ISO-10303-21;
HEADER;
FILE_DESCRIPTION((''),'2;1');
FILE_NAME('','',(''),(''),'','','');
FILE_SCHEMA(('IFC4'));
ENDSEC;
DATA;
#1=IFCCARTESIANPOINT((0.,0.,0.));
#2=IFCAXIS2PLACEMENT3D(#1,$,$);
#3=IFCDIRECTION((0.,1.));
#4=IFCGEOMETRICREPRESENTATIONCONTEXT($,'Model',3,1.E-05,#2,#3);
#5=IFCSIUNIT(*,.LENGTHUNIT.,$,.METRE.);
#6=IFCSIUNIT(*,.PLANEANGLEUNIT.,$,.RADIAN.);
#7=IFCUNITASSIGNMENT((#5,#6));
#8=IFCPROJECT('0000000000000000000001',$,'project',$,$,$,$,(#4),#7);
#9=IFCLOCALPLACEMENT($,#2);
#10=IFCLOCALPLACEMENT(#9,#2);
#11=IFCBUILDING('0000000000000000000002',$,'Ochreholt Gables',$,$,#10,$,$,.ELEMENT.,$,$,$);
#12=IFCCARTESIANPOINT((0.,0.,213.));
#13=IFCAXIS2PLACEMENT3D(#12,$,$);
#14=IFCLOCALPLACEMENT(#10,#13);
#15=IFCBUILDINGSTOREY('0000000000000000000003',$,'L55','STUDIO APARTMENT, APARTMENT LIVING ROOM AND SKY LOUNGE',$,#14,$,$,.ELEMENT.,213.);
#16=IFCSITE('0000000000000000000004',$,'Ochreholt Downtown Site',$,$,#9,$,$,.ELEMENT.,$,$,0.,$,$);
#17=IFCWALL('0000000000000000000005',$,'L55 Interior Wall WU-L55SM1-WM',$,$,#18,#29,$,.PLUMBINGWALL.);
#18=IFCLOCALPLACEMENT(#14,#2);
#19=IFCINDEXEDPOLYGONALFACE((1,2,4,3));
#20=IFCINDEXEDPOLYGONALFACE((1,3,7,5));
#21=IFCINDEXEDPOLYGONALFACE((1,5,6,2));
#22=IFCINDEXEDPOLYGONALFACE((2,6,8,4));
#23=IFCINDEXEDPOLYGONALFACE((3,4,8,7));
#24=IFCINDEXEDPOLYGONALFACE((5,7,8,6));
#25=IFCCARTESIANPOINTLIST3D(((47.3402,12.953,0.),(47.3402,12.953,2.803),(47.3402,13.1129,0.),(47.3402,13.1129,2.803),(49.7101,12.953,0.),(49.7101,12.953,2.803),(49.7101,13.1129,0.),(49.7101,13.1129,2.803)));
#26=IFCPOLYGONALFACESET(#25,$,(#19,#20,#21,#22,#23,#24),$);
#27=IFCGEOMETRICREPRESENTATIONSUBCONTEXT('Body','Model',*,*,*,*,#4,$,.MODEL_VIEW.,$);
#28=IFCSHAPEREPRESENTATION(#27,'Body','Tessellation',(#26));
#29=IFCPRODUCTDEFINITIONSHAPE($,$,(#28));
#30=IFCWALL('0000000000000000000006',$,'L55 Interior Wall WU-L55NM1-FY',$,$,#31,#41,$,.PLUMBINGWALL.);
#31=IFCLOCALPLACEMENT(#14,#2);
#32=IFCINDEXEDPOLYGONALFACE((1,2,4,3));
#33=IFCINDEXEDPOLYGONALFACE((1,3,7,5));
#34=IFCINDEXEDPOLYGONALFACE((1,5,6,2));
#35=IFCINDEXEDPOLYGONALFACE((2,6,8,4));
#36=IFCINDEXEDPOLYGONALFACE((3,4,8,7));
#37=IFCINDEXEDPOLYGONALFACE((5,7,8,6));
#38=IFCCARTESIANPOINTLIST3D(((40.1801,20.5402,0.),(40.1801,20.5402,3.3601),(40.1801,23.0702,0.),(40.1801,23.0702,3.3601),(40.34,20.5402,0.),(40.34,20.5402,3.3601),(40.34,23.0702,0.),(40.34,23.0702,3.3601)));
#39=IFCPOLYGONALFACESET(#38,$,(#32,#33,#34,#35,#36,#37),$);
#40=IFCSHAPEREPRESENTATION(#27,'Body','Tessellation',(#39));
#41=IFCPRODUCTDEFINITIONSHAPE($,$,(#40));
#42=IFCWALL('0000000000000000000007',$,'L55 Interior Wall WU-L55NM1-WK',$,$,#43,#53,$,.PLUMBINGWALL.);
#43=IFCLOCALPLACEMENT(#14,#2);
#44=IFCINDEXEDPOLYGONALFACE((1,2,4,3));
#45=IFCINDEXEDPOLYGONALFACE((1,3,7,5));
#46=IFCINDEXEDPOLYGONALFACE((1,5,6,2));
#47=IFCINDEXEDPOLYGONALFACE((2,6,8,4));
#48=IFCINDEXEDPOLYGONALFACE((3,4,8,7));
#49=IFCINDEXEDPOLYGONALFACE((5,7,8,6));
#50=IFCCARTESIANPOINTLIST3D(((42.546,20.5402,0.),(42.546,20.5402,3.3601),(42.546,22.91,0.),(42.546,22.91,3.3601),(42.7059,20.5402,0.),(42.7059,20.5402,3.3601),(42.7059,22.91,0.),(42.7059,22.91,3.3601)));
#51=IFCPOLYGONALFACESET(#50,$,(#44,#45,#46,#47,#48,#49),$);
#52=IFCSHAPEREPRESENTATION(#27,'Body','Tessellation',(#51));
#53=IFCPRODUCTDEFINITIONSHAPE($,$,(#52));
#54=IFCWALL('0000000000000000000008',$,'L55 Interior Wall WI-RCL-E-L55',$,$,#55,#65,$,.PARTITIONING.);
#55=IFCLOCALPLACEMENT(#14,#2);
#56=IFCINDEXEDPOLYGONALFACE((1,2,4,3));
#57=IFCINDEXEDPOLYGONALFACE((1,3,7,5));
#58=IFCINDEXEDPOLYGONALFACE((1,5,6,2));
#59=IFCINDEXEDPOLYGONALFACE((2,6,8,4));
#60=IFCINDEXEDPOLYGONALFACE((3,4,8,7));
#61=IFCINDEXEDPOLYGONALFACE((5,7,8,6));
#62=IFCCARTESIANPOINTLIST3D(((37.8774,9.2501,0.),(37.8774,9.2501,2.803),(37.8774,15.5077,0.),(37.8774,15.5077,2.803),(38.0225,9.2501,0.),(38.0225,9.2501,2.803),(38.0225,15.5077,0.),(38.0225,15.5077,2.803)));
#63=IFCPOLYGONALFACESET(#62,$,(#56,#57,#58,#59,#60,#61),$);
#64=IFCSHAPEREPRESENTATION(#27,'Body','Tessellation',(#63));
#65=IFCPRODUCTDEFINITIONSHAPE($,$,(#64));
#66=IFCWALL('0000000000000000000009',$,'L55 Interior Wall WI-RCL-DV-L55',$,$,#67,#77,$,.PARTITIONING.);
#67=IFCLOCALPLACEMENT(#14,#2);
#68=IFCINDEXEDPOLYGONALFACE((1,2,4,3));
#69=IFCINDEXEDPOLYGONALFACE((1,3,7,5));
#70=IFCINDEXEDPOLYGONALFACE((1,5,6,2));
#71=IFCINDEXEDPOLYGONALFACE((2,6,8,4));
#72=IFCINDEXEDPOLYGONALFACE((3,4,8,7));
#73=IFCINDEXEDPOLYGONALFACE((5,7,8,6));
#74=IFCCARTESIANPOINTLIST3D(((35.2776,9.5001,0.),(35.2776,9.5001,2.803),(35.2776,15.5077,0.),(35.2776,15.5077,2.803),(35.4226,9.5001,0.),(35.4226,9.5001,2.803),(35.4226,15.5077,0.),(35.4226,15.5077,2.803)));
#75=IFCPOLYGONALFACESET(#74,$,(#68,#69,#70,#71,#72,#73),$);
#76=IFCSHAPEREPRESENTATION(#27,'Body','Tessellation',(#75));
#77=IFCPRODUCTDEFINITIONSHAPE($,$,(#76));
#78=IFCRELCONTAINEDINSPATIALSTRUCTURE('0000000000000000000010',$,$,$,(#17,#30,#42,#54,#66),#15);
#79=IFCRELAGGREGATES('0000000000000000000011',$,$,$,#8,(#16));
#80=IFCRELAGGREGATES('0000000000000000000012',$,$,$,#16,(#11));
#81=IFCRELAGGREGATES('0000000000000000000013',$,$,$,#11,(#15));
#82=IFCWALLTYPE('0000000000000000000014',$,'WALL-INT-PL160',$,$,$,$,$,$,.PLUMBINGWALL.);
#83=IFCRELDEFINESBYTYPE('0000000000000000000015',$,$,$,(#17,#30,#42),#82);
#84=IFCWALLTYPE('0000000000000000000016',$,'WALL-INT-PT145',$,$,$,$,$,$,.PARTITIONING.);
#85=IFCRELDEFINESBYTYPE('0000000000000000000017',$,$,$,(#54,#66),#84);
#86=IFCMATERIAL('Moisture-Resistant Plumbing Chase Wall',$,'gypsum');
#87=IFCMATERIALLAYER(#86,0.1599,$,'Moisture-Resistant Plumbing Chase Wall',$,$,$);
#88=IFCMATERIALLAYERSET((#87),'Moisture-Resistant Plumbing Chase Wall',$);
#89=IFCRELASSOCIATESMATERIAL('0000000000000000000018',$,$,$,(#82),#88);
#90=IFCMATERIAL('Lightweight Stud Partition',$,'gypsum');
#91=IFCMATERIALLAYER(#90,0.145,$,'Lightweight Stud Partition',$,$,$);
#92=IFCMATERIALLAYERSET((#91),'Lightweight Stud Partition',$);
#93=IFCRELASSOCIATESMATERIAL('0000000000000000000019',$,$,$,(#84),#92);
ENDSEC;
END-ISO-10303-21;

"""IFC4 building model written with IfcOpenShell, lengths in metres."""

from ifc_helpers import new_model, si_unit, direction, frame, frame_2d, origin, place, context, subcontext, project, spatial, rectangle, extrude, material, layer, layer_set, type_object, element, save


model = new_model("IFC4")

# Units and contexts
model_context = context("Model", 3, precision=1e-05, world=origin(), true_north=direction((0.0, 1.0)))
body_context = subcontext(model_context, "Body", "Model", "MODEL_VIEW")
ifc_project = project(units=[si_unit("LENGTHUNIT", "METRE"), si_unit("PLANEANGLEUNIT", "RADIAN")], contexts=[model_context])

# Site, building, storey
site_placement = place(None, origin())
site = spatial("IfcSite", under=ifc_project, at=site_placement, Name="Ochreholt Downtown Site", CompositionType="ELEMENT", RefElevation=0.0)
building_placement = place(site_placement, origin())
building = spatial("IfcBuilding", under=site, at=building_placement, Name="Ochreholt Gables", CompositionType="ELEMENT")
storey_placement = place(building_placement, frame((0.0, 0.0, 213.0)))
storey = spatial("IfcBuildingStorey", under=building, at=storey_placement, Name="L55", Description="STUDIO APARTMENT, APARTMENT LIVING ROOM AND SKY LOUNGE", CompositionType="ELEMENT", Elevation=213.0)

# Shared definitions
ifc_material_1 = material(Name="Moisture-Resistant Plumbing Chase Wall", Category="gypsum")
ifc_layer_1 = layer(ifc_material_1, 0.1599, Name="Moisture-Resistant Plumbing Chase Wall")
ifc_layer_set_1 = layer_set([ifc_layer_1], Name="Moisture-Resistant Plumbing Chase Wall")
wall_type_1 = type_object("IfcWallType", Name="WALL-INT-PL160", PredefinedType="PLUMBINGWALL", material=ifc_layer_set_1)

# Walls
wall_1_placement = place(storey_placement, frame((47.3401, 13.033, 0.0), z_axis=(0.0, 0.0, 1.0), x_axis=(1.0, 0.0, 0.0)))
element("IfcWall", 1, at=wall_1_placement, inside=storey, type_object=wall_type_1, Name="L55 Interior Wall WU-L55SM1-WM", PredefinedType="PLUMBINGWALL", context=body_context, shape_type="SweptSolid", body=[
    extrude(rectangle(XDim=2.3699, YDim=0.1599, at=frame_2d((1.1851, 0.0))), origin(), (0.0, 0.0, 1.0), 2.803),
])
wall_2_placement = place(storey_placement, frame((40.26, 20.54, 0.0), z_axis=(0.0, 0.0, 1.0), x_axis=(0.0, 1.0, 0.0)))
element("IfcWall", 2, at=wall_2_placement, inside=storey, type_object=wall_type_1, Name="L55 Interior Wall WU-L55NM1-FY", PredefinedType="PLUMBINGWALL", context=body_context, shape_type="SweptSolid", body=[
    extrude(rectangle(XDim=2.53, YDim=0.1599, at=frame_2d((1.2651, 0.0))), origin(), (0.0, 0.0, 1.0), 3.3601),
])
wall_3_placement = place(storey_placement, frame((42.626, 20.54, 0.0), z_axis=(0.0, 0.0, 1.0), x_axis=(0.0, 1.0, 0.0)))
element("IfcWall", 3, at=wall_3_placement, inside=storey, type_object=wall_type_1, Name="L55 Interior Wall WU-L55NM1-WK", PredefinedType="PLUMBINGWALL", context=body_context, shape_type="SweptSolid", body=[
    extrude(rectangle(XDim=2.3699, YDim=0.1599, at=frame_2d((1.1851, 0.0))), origin(), (0.0, 0.0, 1.0), 3.3601),
])
ifc_material_2 = material(Name="Lightweight Stud Partition", Category="gypsum")
ifc_layer_2 = layer(ifc_material_2, 0.145, Name="Lightweight Stud Partition")
ifc_layer_set_2 = layer_set([ifc_layer_2], Name="Lightweight Stud Partition")
wall_type_2 = type_object("IfcWallType", Name="WALL-INT-PT145", PredefinedType="PARTITIONING", material=ifc_layer_set_2)
wall_4_placement = place(storey_placement, frame((37.95, 9.25, 0.0), z_axis=(0.0, 0.0, 1.0), x_axis=(0.0, 1.0, 0.0)))
element("IfcWall", 4, at=wall_4_placement, inside=storey, type_object=wall_type_2, Name="L55 Interior Wall WI-RCL-E-L55", PredefinedType="PARTITIONING", context=body_context, shape_type="SweptSolid", body=[
    extrude(rectangle(XDim=6.2576, YDim=0.145, at=frame_2d((3.1289, 0.0))), origin(), (0.0, 0.0, 1.0), 2.803),
])
wall_5_placement = place(storey_placement, frame((35.3501, 9.5, 0.0), z_axis=(0.0, 0.0, 1.0), x_axis=(0.0, 1.0, 0.0)))
element("IfcWall", 5, at=wall_5_placement, inside=storey, type_object=wall_type_2, Name="L55 Interior Wall WI-RCL-DV-L55", PredefinedType="PARTITIONING", context=body_context, shape_type="SweptSolid", body=[
    extrude(rectangle(XDim=6.0076, YDim=0.145, at=frame_2d((3.0039, 0.0))), origin(), (0.0, 0.0, 1.0), 2.803),
])

save(model, "model.ifc")
